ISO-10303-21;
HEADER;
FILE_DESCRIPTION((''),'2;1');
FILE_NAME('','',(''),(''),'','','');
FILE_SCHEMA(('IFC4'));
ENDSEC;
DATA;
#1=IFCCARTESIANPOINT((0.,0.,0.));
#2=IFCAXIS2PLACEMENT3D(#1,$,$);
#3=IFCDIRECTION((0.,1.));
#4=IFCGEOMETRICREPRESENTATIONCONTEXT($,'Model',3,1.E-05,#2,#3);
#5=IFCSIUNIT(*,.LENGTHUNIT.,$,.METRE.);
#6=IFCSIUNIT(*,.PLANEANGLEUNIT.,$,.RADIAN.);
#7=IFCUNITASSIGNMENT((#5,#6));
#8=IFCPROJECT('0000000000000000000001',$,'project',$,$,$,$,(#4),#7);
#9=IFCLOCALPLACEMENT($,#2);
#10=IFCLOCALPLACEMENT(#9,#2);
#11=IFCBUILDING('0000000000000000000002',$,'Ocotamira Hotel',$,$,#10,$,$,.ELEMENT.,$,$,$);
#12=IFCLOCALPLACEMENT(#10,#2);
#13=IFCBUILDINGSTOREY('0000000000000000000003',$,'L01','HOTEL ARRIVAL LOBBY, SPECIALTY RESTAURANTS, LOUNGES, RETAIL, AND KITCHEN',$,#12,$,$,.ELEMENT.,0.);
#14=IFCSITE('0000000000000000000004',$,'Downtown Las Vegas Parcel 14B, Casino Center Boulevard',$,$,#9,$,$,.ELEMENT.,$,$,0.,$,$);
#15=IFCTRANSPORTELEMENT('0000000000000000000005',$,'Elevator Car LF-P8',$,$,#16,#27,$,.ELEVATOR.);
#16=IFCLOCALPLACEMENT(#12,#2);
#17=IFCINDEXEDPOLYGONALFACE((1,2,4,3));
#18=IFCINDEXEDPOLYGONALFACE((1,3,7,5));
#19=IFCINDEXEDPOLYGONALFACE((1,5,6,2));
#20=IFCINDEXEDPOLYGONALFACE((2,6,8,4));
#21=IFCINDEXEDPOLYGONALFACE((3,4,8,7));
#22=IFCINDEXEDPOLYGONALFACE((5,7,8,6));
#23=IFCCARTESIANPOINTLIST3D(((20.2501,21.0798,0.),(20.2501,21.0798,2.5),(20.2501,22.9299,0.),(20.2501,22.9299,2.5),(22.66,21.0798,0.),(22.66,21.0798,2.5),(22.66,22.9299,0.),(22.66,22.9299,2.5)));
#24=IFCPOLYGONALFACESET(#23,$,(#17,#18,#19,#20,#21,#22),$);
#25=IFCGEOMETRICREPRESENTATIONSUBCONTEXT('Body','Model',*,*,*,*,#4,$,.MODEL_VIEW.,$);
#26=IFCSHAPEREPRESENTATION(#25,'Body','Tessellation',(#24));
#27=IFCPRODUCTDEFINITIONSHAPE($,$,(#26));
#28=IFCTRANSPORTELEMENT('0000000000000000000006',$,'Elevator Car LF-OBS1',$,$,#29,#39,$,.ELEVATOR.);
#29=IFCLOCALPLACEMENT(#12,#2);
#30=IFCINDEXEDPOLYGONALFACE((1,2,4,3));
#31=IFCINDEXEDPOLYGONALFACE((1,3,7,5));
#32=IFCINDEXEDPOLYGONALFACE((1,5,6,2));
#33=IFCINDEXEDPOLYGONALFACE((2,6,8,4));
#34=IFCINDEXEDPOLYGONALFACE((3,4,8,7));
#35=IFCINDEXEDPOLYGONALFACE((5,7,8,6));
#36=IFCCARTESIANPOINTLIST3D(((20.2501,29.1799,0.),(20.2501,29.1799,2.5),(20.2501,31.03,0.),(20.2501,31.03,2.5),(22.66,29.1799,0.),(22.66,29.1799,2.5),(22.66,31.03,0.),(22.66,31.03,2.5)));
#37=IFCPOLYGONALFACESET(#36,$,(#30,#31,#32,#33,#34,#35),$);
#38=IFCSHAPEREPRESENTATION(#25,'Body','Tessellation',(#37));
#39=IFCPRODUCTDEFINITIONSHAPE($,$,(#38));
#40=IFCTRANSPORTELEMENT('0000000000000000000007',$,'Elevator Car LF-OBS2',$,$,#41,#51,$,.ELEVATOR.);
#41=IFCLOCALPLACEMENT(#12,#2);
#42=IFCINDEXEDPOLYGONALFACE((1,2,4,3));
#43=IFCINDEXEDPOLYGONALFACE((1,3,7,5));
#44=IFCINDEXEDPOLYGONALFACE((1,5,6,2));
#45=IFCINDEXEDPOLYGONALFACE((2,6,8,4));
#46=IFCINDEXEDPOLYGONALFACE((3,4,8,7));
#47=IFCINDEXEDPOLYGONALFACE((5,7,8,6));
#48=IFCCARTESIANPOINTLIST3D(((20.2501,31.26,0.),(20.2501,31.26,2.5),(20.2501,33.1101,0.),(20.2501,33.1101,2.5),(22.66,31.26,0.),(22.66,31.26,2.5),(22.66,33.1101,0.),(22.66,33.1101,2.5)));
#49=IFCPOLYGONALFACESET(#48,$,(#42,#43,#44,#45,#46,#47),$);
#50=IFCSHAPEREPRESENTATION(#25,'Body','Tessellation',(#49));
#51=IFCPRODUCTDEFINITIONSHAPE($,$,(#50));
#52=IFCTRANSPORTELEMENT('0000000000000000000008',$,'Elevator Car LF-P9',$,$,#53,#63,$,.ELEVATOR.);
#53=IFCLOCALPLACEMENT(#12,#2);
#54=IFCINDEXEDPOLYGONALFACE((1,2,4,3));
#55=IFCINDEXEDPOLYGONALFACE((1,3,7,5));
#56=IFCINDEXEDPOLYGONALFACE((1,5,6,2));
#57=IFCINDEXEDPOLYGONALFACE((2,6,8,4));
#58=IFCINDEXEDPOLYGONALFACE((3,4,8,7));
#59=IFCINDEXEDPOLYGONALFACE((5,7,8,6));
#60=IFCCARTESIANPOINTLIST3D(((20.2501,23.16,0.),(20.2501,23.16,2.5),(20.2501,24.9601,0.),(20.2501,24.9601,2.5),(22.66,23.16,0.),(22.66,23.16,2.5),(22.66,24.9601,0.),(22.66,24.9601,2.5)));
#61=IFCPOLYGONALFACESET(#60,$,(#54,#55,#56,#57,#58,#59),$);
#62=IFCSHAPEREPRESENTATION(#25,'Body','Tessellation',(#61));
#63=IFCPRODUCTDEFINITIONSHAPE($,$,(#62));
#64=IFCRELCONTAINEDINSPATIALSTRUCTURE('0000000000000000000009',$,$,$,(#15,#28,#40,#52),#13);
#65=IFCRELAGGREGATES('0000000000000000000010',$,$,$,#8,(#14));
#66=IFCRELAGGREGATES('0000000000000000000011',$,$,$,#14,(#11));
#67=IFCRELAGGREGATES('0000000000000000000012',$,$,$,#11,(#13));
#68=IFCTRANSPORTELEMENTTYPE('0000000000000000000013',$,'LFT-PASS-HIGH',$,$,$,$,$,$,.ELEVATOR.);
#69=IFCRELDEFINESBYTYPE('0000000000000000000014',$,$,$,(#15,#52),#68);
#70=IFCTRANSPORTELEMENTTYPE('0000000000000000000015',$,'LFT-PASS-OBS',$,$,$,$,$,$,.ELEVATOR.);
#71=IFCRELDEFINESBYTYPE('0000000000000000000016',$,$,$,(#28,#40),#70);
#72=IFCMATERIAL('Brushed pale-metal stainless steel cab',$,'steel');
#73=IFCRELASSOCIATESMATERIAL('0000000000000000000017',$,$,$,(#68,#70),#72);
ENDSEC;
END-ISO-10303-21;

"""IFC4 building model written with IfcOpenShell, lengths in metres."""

from ifc_helpers import new_model, si_unit, direction, frame, origin, origin_2d, place, context, subcontext, project, spatial, rectangle, extrude, source, transform, mapped, material, type_object, element, save


model = new_model("IFC4")

# Units and contexts
model_context = context("Model", 3, precision=1e-05, world=origin(), true_north=direction((0.0, 1.0)))
body_context = subcontext(model_context, "Body", "Model", "MODEL_VIEW")
ifc_project = project(units=[si_unit("LENGTHUNIT", "METRE"), si_unit("PLANEANGLEUNIT", "RADIAN")], contexts=[model_context])

# Site, building, storey
site_placement = place(None, origin())
site = spatial("IfcSite", under=ifc_project, at=site_placement, Name="Downtown Las Vegas Parcel 14B, Casino Center Boulevard", CompositionType="ELEMENT", RefElevation=0.0)
building_placement = place(site_placement, origin())
building = spatial("IfcBuilding", under=site, at=building_placement, Name="Ocotamira Hotel", CompositionType="ELEMENT")
storey_placement = place(building_placement, origin())
storey = spatial("IfcBuildingStorey", under=building, at=storey_placement, Name="L01", Description="HOTEL ARRIVAL LOBBY, SPECIALTY RESTAURANTS, LOUNGES, RETAIL, AND KITCHEN", CompositionType="ELEMENT", Elevation=0.0)

# Transport elements
ifc_material_1 = material(Name="Brushed pale-metal stainless steel cab", Category="steel")
transport_element_type_1 = type_object("IfcTransportElementType", Name="LFT-PASS-HIGH", PredefinedType="ELEVATOR", material=ifc_material_1)
shared_shape_1 = source(origin(), body_context, "Body", "SweptSolid", [
    extrude(rectangle(XDim=2.4099, YDim=1.8501, at=origin_2d()), origin(), (0.0, 0.0, 1.0), 2.5),
])
for number, where, z_axis, x_axis, name in (
    (1, (21.4551, 22.0049, 0.0), (0.0, 0.0, 1.0), (1.0, 0.0, 0.0), "Elevator Car LF-P8"),
):
    element("IfcTransportElement", number, at=place(storey_placement, frame(where, z_axis=z_axis, x_axis=x_axis)), inside=storey, type_object=transport_element_type_1, Name=name, PredefinedType="ELEVATOR", context=body_context, shape_type="MappedRepresentation", body=[
        mapped(shared_shape_1, transform((0.0, 0.0, 0.0), scale=1.0)),
    ])
transport_element_type_2 = type_object("IfcTransportElementType", Name="LFT-PASS-OBS", PredefinedType="ELEVATOR", material=ifc_material_1)
for number, where, z_axis, x_axis, name in (
    (2, (21.4551, 30.105, 0.0), (0.0, 0.0, 1.0), (1.0, 0.0, 0.0), "Elevator Car LF-OBS1"),
    (3, (21.4551, 32.1851, 0.0), (0.0, 0.0, 1.0), (1.0, 0.0, 0.0), "Elevator Car LF-OBS2"),
):
    element("IfcTransportElement", number, at=place(storey_placement, frame(where, z_axis=z_axis, x_axis=x_axis)), inside=storey, type_object=transport_element_type_2, Name=name, PredefinedType="ELEVATOR", context=body_context, shape_type="MappedRepresentation", body=[
        mapped(shared_shape_1, transform((0.0, 0.0, 0.0), scale=1.0)),
    ])
shared_shape_2 = source(origin(), body_context, "Body", "SweptSolid", [
    extrude(rectangle(XDim=2.4099, YDim=1.8, at=origin_2d()), origin(), (0.0, 0.0, 1.0), 2.5),
])
transport_element_placement = place(storey_placement, frame((21.4551, 24.0601, 0.0), z_axis=(0.0, 0.0, 1.0), x_axis=(1.0, 0.0, 0.0)))
element("IfcTransportElement", 4, at=transport_element_placement, inside=storey, type_object=transport_element_type_1, Name="Elevator Car LF-P9", PredefinedType="ELEVATOR", context=body_context, shape_type="MappedRepresentation", body=[
    mapped(shared_shape_2, transform((0.0, 0.0, 0.0), scale=1.0)),
])

save(model, "model.ifc")
